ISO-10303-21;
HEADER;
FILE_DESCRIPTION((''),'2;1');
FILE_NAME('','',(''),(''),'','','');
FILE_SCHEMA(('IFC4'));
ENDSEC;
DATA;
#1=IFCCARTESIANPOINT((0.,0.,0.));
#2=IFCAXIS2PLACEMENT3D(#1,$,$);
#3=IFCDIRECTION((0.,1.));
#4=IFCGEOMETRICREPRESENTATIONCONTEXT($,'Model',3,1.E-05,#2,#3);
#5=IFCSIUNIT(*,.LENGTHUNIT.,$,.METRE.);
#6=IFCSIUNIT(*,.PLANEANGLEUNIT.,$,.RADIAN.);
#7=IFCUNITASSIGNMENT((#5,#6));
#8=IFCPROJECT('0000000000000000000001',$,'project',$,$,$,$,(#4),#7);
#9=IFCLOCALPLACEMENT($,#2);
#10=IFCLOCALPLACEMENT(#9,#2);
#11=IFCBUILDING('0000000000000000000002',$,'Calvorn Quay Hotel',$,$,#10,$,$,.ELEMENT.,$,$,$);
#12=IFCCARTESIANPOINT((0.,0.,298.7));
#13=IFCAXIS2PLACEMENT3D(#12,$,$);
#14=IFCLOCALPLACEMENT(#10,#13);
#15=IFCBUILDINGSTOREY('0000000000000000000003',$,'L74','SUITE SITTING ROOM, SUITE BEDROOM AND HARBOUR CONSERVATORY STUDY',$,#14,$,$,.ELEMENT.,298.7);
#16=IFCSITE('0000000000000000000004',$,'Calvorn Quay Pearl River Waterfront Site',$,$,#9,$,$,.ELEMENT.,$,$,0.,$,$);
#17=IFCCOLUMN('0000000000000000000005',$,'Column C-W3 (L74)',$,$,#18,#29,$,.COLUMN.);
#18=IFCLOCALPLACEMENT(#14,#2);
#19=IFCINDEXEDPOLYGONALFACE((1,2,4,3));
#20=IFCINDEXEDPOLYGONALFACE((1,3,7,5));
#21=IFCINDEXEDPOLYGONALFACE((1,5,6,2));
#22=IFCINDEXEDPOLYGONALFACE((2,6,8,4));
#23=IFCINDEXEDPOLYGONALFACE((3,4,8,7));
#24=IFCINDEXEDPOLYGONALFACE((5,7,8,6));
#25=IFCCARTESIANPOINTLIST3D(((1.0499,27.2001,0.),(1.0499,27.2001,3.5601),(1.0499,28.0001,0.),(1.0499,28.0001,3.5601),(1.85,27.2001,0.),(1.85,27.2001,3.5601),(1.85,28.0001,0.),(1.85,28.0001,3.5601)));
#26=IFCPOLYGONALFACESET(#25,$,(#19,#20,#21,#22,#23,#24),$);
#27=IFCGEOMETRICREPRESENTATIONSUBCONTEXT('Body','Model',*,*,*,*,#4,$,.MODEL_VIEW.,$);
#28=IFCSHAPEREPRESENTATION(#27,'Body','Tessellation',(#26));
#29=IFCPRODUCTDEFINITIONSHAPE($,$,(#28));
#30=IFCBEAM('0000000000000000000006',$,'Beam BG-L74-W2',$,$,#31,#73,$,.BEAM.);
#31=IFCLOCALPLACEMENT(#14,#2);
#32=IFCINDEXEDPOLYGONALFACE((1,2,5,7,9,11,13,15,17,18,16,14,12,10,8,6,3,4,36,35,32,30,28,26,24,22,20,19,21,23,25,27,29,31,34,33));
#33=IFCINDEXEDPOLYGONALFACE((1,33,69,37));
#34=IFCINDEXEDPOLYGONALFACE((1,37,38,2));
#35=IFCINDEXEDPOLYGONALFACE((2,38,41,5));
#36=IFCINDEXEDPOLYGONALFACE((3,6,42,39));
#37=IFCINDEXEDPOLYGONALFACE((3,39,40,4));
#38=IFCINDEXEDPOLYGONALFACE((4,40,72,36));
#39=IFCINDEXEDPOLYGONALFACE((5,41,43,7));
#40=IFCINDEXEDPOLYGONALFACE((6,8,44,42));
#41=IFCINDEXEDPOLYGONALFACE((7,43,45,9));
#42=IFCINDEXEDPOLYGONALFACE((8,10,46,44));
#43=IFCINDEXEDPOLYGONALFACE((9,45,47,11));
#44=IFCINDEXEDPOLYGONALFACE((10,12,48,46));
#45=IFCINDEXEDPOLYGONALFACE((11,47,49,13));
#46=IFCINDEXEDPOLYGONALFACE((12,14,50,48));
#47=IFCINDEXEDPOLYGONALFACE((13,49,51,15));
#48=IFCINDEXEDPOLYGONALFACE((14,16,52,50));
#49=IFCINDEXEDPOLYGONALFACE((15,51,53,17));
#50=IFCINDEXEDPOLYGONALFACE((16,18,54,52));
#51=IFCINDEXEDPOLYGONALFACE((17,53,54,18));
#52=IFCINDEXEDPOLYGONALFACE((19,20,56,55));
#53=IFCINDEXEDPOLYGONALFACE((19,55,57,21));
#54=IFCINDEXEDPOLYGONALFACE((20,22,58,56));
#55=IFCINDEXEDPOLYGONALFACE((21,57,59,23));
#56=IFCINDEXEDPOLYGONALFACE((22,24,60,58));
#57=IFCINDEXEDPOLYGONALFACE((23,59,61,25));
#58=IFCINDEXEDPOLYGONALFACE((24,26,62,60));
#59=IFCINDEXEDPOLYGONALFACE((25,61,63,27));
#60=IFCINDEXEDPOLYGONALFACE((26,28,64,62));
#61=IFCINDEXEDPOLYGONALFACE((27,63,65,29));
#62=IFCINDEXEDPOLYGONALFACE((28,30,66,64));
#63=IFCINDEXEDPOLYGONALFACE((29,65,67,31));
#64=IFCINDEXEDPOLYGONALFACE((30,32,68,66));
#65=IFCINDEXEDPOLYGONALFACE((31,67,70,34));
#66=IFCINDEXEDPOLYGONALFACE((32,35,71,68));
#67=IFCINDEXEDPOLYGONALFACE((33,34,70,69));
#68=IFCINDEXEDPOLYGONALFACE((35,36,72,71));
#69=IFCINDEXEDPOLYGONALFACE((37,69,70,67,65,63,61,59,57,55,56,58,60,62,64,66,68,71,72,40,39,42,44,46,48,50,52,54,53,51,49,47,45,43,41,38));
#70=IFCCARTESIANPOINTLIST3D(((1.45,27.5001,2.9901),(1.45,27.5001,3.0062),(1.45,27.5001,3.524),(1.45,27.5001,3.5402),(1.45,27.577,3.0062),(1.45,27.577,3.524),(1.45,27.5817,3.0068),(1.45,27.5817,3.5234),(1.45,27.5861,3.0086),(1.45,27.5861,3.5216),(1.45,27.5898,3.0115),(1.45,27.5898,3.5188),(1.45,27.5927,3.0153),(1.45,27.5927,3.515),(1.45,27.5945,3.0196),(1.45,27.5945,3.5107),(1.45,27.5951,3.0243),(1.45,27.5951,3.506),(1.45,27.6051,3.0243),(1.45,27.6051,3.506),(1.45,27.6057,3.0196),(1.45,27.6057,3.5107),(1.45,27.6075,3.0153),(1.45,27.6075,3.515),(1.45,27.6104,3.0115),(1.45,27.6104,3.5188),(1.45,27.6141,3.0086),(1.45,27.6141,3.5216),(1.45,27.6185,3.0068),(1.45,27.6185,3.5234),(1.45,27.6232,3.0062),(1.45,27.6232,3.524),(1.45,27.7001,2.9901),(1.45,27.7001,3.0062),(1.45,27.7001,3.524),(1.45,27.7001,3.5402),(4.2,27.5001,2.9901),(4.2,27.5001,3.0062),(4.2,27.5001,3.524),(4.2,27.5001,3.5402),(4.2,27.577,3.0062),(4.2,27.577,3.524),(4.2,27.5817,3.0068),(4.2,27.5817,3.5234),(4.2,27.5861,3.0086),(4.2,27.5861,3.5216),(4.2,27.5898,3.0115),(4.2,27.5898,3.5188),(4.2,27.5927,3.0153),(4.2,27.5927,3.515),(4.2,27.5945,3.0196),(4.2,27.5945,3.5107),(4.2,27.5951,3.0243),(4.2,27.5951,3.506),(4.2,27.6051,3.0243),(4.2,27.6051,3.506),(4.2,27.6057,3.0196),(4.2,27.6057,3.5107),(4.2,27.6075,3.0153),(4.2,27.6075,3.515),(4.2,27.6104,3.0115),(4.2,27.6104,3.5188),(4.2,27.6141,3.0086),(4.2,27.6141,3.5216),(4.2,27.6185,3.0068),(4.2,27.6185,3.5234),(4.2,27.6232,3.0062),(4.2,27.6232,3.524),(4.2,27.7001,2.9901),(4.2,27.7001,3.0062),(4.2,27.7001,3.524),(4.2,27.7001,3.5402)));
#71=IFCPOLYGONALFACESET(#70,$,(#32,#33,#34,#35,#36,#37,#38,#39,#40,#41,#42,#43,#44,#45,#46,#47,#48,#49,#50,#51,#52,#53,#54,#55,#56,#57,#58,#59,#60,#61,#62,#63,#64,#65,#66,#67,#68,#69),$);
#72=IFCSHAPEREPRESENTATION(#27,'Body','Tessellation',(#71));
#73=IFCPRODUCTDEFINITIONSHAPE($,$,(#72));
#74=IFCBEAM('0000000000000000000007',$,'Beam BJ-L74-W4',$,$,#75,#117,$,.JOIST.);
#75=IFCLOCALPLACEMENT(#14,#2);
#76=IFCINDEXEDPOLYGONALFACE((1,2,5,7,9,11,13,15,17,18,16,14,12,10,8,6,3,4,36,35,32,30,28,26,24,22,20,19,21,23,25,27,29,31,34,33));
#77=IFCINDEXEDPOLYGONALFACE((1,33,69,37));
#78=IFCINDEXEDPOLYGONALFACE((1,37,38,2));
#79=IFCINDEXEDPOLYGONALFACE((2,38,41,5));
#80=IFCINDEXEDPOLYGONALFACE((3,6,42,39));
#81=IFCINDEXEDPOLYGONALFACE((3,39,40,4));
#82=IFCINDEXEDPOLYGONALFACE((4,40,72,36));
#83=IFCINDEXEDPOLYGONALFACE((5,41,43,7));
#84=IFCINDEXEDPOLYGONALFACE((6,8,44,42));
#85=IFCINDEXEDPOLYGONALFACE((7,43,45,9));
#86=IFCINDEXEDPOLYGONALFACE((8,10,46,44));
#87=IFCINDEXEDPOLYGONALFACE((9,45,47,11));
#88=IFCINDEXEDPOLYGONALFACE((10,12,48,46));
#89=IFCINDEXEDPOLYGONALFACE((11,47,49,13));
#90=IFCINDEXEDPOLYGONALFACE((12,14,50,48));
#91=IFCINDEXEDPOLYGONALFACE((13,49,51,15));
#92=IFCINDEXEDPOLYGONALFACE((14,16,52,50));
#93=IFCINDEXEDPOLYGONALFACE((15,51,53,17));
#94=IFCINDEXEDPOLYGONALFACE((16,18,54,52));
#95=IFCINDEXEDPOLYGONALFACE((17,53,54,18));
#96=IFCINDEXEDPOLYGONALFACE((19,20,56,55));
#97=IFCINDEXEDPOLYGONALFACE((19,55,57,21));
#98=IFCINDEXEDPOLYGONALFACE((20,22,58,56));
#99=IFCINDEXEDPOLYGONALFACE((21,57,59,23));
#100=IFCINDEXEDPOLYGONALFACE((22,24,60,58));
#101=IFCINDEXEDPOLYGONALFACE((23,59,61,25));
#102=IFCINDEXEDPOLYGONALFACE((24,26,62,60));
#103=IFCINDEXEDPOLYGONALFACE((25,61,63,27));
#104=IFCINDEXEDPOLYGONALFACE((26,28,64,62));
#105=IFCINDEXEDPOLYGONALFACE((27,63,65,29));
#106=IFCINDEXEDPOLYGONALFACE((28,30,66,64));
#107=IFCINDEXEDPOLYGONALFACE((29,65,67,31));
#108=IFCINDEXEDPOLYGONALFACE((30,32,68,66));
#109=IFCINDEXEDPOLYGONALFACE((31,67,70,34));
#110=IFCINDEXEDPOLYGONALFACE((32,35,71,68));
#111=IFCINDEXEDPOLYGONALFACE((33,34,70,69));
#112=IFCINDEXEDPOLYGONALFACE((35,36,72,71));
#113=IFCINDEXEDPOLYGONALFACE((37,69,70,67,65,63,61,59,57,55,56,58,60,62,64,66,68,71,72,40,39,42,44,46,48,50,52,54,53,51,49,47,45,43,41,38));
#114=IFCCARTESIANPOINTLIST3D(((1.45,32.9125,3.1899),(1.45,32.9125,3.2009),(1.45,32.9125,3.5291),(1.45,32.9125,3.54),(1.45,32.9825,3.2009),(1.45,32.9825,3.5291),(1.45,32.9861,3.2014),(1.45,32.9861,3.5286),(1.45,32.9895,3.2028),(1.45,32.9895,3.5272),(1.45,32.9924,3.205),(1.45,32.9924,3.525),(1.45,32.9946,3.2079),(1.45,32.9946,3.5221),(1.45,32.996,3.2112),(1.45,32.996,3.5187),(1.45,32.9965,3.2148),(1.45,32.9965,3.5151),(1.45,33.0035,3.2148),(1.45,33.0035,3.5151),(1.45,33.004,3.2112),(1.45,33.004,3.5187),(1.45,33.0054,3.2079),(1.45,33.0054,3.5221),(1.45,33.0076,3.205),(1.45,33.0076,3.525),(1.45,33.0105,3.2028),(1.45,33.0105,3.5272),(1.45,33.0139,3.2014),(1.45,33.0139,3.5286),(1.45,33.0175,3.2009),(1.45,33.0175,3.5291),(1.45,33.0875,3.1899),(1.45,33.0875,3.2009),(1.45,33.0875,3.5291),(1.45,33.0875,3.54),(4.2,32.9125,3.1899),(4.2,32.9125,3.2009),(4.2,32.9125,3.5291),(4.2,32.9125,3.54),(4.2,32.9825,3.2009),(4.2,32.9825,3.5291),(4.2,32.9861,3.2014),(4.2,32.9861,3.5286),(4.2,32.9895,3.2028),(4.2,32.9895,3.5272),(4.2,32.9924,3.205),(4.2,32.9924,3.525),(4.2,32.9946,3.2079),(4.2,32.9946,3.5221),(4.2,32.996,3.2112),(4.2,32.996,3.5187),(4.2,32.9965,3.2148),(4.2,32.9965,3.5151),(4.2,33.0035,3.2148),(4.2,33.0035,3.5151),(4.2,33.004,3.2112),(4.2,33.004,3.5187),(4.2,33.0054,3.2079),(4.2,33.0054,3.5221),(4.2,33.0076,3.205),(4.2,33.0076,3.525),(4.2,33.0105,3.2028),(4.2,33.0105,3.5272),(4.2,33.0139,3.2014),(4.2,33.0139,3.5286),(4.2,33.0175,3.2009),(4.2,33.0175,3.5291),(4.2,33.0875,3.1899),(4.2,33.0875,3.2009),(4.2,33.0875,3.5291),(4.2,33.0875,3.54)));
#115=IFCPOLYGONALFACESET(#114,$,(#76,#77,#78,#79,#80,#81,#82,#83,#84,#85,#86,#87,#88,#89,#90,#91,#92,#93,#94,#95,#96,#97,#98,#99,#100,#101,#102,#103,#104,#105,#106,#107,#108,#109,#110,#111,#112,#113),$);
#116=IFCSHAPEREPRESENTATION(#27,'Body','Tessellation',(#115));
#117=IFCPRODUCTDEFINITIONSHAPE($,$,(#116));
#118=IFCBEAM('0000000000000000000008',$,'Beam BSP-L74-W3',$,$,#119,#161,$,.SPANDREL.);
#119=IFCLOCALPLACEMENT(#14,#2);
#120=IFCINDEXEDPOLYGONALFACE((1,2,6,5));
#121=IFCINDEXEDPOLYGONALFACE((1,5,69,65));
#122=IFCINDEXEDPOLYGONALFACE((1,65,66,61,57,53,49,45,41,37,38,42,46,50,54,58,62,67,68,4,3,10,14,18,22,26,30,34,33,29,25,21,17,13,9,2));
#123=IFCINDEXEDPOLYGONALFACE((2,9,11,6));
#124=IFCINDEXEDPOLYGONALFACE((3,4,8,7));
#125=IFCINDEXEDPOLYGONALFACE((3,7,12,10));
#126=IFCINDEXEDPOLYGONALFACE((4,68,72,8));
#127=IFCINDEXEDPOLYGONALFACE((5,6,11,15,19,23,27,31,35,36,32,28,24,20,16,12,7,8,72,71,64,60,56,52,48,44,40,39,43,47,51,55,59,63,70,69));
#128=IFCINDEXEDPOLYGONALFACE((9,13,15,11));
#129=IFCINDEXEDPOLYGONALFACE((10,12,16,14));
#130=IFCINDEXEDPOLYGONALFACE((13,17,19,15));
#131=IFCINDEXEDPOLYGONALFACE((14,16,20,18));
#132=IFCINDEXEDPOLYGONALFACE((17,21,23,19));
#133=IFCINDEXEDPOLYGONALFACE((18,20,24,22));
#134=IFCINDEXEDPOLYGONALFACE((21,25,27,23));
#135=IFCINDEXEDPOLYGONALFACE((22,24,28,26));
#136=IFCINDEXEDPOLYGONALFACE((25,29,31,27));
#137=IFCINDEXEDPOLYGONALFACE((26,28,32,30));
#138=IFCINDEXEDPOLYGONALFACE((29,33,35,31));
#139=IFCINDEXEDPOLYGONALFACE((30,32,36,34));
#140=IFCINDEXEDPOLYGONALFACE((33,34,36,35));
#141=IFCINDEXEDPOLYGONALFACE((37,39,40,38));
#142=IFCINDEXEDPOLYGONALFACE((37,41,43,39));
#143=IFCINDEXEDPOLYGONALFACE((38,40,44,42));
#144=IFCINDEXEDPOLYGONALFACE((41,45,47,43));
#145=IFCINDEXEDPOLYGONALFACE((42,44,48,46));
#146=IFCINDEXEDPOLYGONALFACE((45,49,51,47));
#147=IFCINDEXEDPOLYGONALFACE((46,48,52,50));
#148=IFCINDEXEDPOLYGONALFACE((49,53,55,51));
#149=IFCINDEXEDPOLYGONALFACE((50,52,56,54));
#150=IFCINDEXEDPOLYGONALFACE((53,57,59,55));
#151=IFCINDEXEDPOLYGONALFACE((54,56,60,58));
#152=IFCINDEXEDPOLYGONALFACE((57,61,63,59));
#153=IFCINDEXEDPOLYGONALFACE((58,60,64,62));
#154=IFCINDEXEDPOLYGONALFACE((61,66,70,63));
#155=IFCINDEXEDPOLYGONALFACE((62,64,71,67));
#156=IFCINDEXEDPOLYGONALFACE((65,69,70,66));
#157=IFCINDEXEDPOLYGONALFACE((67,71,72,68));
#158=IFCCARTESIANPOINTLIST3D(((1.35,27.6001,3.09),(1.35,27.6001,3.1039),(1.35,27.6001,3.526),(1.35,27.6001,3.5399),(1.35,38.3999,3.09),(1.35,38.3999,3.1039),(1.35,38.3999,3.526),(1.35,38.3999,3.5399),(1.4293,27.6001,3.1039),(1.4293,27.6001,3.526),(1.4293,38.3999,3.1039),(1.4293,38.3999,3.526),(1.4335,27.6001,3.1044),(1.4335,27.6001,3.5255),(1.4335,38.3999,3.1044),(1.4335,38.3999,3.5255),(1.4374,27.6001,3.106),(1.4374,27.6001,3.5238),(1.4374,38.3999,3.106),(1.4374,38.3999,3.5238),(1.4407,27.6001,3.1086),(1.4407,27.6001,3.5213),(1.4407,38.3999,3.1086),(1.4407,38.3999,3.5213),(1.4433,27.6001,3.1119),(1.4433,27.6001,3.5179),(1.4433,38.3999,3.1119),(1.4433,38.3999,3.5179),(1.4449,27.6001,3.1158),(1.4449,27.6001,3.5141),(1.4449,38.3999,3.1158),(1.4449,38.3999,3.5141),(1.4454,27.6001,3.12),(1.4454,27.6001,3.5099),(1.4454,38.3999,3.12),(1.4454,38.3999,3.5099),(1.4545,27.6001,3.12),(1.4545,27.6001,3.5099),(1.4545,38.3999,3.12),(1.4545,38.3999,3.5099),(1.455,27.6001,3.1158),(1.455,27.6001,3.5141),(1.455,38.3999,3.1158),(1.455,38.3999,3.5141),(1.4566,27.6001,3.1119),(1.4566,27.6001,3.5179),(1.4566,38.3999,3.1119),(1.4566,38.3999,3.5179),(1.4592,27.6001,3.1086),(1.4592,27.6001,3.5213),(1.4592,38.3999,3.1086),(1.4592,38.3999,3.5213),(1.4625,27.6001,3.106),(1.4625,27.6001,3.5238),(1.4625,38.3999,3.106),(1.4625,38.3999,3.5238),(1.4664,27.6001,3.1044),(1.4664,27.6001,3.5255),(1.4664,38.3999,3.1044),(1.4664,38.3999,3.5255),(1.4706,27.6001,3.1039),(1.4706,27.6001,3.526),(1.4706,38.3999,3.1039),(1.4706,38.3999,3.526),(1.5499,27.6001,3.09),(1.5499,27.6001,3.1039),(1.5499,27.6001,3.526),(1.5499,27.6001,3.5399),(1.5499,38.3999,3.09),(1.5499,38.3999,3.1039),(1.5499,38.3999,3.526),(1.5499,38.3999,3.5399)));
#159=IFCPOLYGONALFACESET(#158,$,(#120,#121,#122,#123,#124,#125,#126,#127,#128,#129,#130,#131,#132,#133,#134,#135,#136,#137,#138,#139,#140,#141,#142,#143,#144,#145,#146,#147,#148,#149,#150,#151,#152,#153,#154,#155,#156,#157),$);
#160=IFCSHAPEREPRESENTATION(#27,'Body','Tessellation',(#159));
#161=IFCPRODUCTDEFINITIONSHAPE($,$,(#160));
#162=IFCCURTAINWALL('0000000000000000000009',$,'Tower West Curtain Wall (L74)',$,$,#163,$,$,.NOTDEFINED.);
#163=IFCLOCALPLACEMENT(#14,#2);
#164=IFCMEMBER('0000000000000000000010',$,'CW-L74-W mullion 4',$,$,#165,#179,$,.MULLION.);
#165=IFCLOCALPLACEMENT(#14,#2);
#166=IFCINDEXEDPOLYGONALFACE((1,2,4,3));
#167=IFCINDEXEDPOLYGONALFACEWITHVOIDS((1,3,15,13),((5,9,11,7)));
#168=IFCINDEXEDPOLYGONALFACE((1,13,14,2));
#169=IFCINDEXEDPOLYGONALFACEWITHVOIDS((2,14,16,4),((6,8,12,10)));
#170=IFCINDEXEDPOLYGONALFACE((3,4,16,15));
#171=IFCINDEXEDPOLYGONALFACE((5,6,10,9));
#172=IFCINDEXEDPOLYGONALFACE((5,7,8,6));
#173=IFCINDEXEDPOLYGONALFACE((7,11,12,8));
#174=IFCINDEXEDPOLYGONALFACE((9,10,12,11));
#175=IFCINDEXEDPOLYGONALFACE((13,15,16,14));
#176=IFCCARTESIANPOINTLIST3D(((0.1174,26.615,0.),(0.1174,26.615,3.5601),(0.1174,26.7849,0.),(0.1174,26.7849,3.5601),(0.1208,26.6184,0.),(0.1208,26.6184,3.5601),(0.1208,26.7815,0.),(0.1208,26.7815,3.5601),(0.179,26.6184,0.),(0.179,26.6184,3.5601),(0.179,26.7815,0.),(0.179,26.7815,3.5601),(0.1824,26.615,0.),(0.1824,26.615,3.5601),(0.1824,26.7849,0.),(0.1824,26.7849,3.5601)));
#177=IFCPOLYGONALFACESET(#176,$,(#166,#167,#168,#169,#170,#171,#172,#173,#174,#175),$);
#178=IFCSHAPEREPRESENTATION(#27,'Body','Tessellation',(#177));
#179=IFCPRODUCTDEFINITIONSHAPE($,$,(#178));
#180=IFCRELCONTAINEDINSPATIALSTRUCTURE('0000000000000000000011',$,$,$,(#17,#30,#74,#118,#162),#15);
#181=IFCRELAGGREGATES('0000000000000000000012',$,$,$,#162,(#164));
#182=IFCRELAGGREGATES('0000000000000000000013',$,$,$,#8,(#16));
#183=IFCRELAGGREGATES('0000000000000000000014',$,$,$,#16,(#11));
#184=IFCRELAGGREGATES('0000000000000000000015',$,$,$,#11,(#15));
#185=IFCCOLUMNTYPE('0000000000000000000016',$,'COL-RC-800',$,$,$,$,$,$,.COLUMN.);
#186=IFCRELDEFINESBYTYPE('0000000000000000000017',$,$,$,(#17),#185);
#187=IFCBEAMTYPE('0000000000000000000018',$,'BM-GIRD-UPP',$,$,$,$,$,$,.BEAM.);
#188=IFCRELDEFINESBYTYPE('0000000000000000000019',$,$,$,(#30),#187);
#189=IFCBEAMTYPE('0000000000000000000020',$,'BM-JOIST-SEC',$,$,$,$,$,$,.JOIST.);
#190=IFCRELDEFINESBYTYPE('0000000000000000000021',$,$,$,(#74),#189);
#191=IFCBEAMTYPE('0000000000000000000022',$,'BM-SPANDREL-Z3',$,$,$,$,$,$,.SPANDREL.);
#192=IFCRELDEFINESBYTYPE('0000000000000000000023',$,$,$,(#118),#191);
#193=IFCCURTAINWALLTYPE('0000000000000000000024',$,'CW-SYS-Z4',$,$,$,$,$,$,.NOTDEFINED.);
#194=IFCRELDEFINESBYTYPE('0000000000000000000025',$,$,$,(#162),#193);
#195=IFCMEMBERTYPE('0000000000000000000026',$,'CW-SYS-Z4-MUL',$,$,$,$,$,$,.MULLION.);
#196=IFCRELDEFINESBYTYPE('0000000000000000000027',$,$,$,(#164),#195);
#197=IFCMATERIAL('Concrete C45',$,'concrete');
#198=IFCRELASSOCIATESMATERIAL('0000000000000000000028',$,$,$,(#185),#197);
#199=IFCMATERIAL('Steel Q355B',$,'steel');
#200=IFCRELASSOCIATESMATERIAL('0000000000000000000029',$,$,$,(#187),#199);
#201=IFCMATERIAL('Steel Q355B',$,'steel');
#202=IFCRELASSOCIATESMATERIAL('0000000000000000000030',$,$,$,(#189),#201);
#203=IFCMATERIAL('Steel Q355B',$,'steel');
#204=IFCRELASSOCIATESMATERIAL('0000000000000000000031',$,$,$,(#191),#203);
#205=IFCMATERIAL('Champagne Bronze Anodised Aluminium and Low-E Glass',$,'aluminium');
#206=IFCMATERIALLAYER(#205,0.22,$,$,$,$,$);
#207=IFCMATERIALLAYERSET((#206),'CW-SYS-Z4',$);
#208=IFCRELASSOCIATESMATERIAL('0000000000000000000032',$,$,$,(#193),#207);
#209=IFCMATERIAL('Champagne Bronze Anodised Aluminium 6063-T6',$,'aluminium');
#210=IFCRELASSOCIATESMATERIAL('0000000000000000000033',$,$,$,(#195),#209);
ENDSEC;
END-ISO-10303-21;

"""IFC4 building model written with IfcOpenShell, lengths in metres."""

from ifc_helpers import new_model, si_unit, direction, frame, origin, origin_2d, place, context, subcontext, project, spatial, rectangle, hollow_rectangle, i_section, extrude, material, layer, layer_set, material_profile, profile_set, type_object, element, aggregate, save


model = new_model("IFC4")

# Units and contexts
model_context = context("Model", 3, precision=1e-05, world=origin(), true_north=direction((0.0, 1.0)))
body_context = subcontext(model_context, "Body", "Model", "MODEL_VIEW")
ifc_project = project(units=[si_unit("LENGTHUNIT", "METRE"), si_unit("PLANEANGLEUNIT", "RADIAN")], contexts=[model_context])

# Site, building, storey
site_placement = place(None, origin())
site = spatial("IfcSite", under=ifc_project, at=site_placement, Name="Calvorn Quay Pearl River Waterfront Site", CompositionType="ELEMENT", RefElevation=0.0)
building_placement = place(site_placement, origin())
building = spatial("IfcBuilding", under=site, at=building_placement, Name="Calvorn Quay Hotel", CompositionType="ELEMENT")
storey_placement = place(building_placement, frame((0.0, 0.0, 298.7)))
storey = spatial("IfcBuildingStorey", under=building, at=storey_placement, Name="L74", Description="SUITE SITTING ROOM, SUITE BEDROOM AND HARBOUR CONSERVATORY STUDY", CompositionType="ELEMENT", Elevation=298.7)

# Column
ifc_material_1 = material(Name="Concrete C45", Category="concrete")
ifc_material_profile_1 = material_profile(ifc_material_1, rectangle(XDim=0.8, YDim=0.8, at=origin_2d()), Name="RC800x800")
ifc_profile_set_1 = profile_set([ifc_material_profile_1], Name="Concrete C45")
column_type = type_object("IfcColumnType", Name="COL-RC-800", PredefinedType="COLUMN", material=ifc_profile_set_1)
column_placement = place(storey_placement, frame((1.45, 27.6001, 0.0), z_axis=(0.0, 0.0, 1.0), x_axis=(1.0, 0.0, 0.0)))
element("IfcColumn", 1, at=column_placement, inside=storey, type_object=column_type, Name="Column C-W3 (L74)", PredefinedType="COLUMN", context=body_context, shape_type="SweptSolid", body=[
    extrude(rectangle(XDim=0.8, YDim=0.8, at=origin_2d()), origin(), (0.0, 0.0, 1.0), 3.5601),
])

# Beams
ifc_material_2 = material(Name="Steel Q355B", Category="steel")
ifc_material_profile_2 = material_profile(ifc_material_2, i_section(OverallWidth=0.2, OverallDepth=0.55, WebThickness=0.01, FlangeThickness=0.0161, FilletRadius=0.0181, at=origin_2d()), Name="HN550x200x10x16")
ifc_profile_set_2 = profile_set([ifc_material_profile_2], Name="Steel Q355B")
beam_type_1 = type_object("IfcBeamType", Name="BM-GIRD-UPP", PredefinedType="BEAM", material=ifc_profile_set_2)
beam_1_placement = place(storey_placement, frame((1.45, 27.6001, 3.2651), z_axis=(1.0, 0.0, 0.0), x_axis=(0.0, 1.0, 0.0)))
element("IfcBeam", 2, at=beam_1_placement, inside=storey, type_object=beam_type_1, Name="Beam BG-L74-W2", PredefinedType="BEAM", context=body_context, shape_type="SweptSolid", body=[
    extrude(i_section(OverallWidth=0.2, OverallDepth=0.55, WebThickness=0.01, FlangeThickness=0.0161, FilletRadius=0.0181, at=origin_2d()), origin(), (0.0, 0.0, 1.0), 2.75),
])
ifc_material_3 = material(Name="Steel Q355B", Category="steel")
ifc_material_profile_3 = material_profile(ifc_material_3, i_section(OverallWidth=0.175, OverallDepth=0.3501, WebThickness=0.0071, FlangeThickness=0.011, FilletRadius=0.0139, at=origin_2d()), Name="HN350x175x7x11")
ifc_profile_set_3 = profile_set([ifc_material_profile_3], Name="Steel Q355B")
beam_type_2 = type_object("IfcBeamType", Name="BM-JOIST-SEC", PredefinedType="JOIST", material=ifc_profile_set_3)
beam_2_placement = place(storey_placement, frame((1.45, 33.0, 3.365), z_axis=(1.0, 0.0, 0.0), x_axis=(0.0, 1.0, 0.0)))
element("IfcBeam", 3, at=beam_2_placement, inside=storey, type_object=beam_type_2, Name="Beam BJ-L74-W4", PredefinedType="JOIST", context=body_context, shape_type="SweptSolid", body=[
    extrude(i_section(OverallWidth=0.175, OverallDepth=0.3501, WebThickness=0.0071, FlangeThickness=0.011, FilletRadius=0.0139, at=origin_2d()), origin(), (0.0, 0.0, 1.0), 2.75),
])
ifc_material_4 = material(Name="Steel Q355B", Category="steel")
ifc_material_profile_4 = material_profile(ifc_material_4, i_section(OverallWidth=0.2, OverallDepth=0.45, WebThickness=0.009, FlangeThickness=0.0139, FilletRadius=0.0161, at=origin_2d()), Name="HN450x200x9x14")
ifc_profile_set_4 = profile_set([ifc_material_profile_4], Name="Steel Q355B")
beam_type_3 = type_object("IfcBeamType", Name="BM-SPANDREL-Z3", PredefinedType="SPANDREL", material=ifc_profile_set_4)
beam_3_placement = place(storey_placement, frame((1.45, 27.6001, 3.3149), z_axis=(0.0, 1.0, 0.0), x_axis=(-1.0, 0.0, 0.0)))
element("IfcBeam", 4, at=beam_3_placement, inside=storey, type_object=beam_type_3, Name="Beam BSP-L74-W3", PredefinedType="SPANDREL", context=body_context, shape_type="SweptSolid", body=[
    extrude(i_section(OverallWidth=0.2, OverallDepth=0.45, WebThickness=0.009, FlangeThickness=0.0139, FilletRadius=0.0161, at=origin_2d()), origin(), (0.0, 0.0, 1.0), 10.7998),
])

# Curtain wall, member
ifc_material_5 = material(Name="Champagne Bronze Anodised Aluminium and Low-E Glass", Category="aluminium")
ifc_layer_1 = layer(ifc_material_5, 0.22)
ifc_layer_set_1 = layer_set([ifc_layer_1], Name="CW-SYS-Z4")
curtain_wall_type = type_object("IfcCurtainWallType", Name="CW-SYS-Z4", PredefinedType="NOTDEFINED", material=ifc_layer_set_1)
curtain_wall_placement = place(storey_placement, origin())
curtain_wall = element("IfcCurtainWall", 5, at=curtain_wall_placement, inside=storey, type_object=curtain_wall_type, Name="Tower West Curtain Wall (L74)", PredefinedType="NOTDEFINED")
ifc_material_6 = material(Name="Champagne Bronze Anodised Aluminium 6063-T6", Category="aluminium")
ifc_material_profile_5 = material_profile(ifc_material_6, hollow_rectangle(XDim=0.0649, YDim=0.1699, WallThickness=0.0034, at=origin_2d()), Name="ALU-M170x65x3.5")
ifc_profile_set_5 = profile_set([ifc_material_profile_5], Name="Champagne Bronze Anodised Aluminium 6063-T6")
member_type_1 = type_object("IfcMemberType", Name="CW-SYS-Z4-MUL", PredefinedType="MULLION", material=ifc_profile_set_5)
member_1_placement = place(storey_placement, frame((0.1499, 26.7, 0.0), z_axis=(0.0, 0.0, 1.0), x_axis=(-1.0, 0.0, 0.0)))
member_1 = element("IfcMember", 6, at=member_1_placement, type_object=member_type_1, Name="CW-L74-W mullion 4", PredefinedType="MULLION", context=body_context, shape_type="SweptSolid", body=[
    extrude(hollow_rectangle(XDim=0.0649, YDim=0.1699, WallThickness=0.0034, at=origin_2d()), origin(), (0.0, 0.0, 1.0), 3.5601),
])
aggregate(curtain_wall, [member_1])

save(model, "model.ifc")
